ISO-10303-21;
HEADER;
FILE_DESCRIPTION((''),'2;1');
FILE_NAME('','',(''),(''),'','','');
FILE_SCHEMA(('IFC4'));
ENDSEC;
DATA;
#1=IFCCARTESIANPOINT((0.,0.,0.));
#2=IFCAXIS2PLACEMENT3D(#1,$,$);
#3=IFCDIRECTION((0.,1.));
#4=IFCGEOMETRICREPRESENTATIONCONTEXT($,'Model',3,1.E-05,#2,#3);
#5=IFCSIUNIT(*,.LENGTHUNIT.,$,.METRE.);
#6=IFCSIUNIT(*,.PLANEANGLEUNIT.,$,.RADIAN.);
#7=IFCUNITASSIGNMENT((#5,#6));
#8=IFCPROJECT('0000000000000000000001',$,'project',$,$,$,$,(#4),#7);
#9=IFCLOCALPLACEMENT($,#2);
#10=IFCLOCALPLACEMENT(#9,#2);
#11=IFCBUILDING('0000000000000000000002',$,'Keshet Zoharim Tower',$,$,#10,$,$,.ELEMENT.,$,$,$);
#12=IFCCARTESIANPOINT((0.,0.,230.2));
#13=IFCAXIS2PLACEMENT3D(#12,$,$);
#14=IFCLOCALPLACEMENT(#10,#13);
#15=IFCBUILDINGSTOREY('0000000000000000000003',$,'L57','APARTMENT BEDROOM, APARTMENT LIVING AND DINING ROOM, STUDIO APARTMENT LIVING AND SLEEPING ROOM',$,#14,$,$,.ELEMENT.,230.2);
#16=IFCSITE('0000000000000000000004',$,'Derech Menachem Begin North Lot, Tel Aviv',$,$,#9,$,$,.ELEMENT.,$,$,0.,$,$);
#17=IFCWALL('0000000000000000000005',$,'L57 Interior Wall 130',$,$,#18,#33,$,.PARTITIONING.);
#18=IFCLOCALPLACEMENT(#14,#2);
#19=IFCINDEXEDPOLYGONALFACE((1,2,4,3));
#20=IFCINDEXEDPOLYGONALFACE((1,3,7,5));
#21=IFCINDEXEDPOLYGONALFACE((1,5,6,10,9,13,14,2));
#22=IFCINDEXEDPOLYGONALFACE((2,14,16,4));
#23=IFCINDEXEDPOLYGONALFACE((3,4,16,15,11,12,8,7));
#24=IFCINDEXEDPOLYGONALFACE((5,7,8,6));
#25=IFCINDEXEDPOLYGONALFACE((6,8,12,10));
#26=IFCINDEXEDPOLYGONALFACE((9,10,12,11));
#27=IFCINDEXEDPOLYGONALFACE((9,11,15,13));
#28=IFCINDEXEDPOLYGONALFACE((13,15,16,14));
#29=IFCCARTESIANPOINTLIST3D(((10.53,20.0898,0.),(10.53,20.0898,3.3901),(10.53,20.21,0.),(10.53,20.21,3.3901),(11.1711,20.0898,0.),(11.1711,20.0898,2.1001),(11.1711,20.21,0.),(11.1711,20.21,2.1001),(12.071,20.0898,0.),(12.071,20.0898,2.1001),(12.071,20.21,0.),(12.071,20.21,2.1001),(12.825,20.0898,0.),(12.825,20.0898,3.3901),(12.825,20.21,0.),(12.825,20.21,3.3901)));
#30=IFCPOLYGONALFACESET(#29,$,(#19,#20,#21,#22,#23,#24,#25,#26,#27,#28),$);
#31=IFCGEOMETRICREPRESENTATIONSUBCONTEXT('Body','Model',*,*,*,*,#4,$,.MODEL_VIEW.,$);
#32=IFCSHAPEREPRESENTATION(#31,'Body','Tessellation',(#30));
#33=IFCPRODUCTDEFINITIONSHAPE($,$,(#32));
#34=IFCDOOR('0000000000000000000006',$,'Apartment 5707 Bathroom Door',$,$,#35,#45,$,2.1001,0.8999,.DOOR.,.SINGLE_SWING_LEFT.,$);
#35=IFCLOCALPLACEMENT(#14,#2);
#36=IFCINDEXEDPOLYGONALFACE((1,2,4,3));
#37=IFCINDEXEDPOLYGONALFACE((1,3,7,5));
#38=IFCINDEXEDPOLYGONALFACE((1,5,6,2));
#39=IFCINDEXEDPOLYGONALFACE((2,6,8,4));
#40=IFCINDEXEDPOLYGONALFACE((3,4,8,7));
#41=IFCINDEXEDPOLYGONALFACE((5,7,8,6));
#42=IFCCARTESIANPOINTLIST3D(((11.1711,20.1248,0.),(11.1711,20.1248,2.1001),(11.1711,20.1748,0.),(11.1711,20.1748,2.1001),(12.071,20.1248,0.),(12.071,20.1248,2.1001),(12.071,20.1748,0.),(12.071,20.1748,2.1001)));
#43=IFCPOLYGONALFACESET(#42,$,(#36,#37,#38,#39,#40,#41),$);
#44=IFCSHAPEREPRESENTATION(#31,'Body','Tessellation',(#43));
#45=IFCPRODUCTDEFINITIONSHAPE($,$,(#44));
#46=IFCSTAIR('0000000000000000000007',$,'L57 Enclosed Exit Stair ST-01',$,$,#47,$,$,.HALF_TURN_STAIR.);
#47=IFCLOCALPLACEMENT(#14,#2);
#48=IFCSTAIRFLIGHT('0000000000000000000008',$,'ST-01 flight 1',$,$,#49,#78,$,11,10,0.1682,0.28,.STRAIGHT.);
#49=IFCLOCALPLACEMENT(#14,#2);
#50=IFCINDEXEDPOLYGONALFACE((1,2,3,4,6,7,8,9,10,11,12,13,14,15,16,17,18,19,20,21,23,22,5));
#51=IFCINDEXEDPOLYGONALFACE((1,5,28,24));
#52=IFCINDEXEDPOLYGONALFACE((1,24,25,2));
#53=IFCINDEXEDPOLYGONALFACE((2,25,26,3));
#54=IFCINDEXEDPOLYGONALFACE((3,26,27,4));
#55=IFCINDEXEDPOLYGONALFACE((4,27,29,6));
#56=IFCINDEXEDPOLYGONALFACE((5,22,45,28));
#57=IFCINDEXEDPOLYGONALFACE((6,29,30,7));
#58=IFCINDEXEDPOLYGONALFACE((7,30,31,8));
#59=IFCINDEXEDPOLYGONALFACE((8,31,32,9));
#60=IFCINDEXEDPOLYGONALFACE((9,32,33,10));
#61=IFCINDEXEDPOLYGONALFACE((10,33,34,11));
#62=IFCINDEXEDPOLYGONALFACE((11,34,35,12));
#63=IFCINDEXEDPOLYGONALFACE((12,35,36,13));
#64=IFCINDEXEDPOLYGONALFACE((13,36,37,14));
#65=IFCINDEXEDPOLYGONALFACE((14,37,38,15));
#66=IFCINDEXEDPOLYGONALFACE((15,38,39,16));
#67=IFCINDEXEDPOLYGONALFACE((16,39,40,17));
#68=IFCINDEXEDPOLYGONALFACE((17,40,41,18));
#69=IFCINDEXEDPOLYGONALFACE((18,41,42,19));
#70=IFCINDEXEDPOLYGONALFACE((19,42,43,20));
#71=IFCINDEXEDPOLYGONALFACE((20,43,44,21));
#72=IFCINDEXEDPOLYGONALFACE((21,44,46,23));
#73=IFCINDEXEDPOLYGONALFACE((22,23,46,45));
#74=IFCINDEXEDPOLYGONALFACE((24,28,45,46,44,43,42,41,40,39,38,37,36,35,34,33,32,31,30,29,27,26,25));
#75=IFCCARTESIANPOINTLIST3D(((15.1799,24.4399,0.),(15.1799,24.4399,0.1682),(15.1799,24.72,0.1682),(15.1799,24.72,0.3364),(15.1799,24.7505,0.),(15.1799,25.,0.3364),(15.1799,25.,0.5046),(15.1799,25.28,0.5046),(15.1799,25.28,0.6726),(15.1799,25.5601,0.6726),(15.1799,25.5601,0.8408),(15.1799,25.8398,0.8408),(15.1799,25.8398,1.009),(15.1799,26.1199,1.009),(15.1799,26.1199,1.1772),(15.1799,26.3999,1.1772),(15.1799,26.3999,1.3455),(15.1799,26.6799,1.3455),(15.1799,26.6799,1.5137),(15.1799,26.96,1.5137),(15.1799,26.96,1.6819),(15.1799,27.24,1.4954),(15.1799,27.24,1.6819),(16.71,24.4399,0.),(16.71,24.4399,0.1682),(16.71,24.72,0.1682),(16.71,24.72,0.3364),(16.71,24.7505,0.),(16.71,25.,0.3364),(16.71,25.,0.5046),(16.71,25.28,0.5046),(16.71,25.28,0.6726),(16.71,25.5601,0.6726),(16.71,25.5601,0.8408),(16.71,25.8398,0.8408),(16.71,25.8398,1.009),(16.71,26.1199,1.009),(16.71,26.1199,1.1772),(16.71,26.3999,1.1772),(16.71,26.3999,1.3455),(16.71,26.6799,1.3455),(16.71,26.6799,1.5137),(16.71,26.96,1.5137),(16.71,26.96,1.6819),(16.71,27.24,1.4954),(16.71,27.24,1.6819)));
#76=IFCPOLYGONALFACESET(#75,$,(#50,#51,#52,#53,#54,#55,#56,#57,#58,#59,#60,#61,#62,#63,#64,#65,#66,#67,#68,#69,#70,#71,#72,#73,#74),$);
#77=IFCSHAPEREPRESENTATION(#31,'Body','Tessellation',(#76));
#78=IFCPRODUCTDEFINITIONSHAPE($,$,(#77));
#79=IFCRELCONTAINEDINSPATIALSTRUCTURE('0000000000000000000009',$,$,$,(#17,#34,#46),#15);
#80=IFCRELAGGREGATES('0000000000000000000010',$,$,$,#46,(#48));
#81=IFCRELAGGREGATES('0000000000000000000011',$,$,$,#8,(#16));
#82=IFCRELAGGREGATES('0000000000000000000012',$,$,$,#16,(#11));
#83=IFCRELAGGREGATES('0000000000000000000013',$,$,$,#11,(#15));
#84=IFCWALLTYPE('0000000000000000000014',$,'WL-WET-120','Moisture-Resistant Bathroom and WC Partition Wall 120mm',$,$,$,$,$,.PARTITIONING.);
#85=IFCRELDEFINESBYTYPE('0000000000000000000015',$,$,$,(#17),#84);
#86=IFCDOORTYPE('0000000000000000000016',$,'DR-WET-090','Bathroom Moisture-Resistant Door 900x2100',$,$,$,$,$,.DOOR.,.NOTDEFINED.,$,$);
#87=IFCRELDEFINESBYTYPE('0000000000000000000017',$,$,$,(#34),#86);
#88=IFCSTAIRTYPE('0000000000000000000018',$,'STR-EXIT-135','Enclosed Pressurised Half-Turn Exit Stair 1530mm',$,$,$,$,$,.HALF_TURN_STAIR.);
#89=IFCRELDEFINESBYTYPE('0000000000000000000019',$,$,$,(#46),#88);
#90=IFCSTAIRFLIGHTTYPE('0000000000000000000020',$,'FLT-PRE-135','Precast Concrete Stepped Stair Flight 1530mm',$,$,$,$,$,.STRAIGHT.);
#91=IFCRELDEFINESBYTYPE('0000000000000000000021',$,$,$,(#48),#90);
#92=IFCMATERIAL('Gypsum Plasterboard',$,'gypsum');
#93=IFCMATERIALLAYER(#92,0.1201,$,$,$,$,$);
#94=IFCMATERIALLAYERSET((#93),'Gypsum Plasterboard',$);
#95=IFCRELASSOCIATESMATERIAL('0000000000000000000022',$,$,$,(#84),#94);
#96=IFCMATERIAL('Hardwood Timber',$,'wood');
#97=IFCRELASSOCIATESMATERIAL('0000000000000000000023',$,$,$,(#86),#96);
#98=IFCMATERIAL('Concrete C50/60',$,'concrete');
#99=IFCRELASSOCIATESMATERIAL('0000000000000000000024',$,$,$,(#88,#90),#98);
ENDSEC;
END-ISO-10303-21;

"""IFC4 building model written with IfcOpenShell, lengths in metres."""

from ifc_helpers import new_model, si_unit, direction, frame, frame_2d, origin, place, context, subcontext, project, spatial, polyline, rectangle, outline, extrude, material, layer, layer_set, type_object, element, fill, aggregate, save


model = new_model("IFC4")

# Units and contexts
model_context = context("Model", 3, precision=1e-05, world=origin(), true_north=direction((0.0, 1.0)))
body_context = subcontext(model_context, "Body", "Model", "MODEL_VIEW")
ifc_project = project(units=[si_unit("LENGTHUNIT", "METRE"), si_unit("PLANEANGLEUNIT", "RADIAN")], contexts=[model_context])

# Site, building, storey
site_placement = place(None, origin())
site = spatial("IfcSite", under=ifc_project, at=site_placement, Name="Derech Menachem Begin North Lot, Tel Aviv", CompositionType="ELEMENT", RefElevation=0.0)
building_placement = place(site_placement, origin())
building = spatial("IfcBuilding", under=site, at=building_placement, Name="Keshet Zoharim Tower", CompositionType="ELEMENT")
storey_placement = place(building_placement, frame((0.0, 0.0, 230.2)))
storey = spatial("IfcBuildingStorey", under=building, at=storey_placement, Name="L57", Description="APARTMENT BEDROOM, APARTMENT LIVING AND DINING ROOM, STUDIO APARTMENT LIVING AND SLEEPING ROOM", CompositionType="ELEMENT", Elevation=230.2)

# Shared definitions
ifc_material_1 = material(Name="Concrete C50/60", Category="concrete")

# Shared definitions
ifc_material_2 = material(Name="Gypsum Plasterboard", Category="gypsum")

# Shared definitions
ifc_material_3 = material(Name="Hardwood Timber", Category="wood")

# Shared definitions
ifc_layer_1 = layer(ifc_material_2, 0.1201)
ifc_layer_set_1 = layer_set([ifc_layer_1], Name="Gypsum Plasterboard")
wall_type_1 = type_object("IfcWallType", Name="WL-WET-120", Description="Moisture-Resistant Bathroom and WC Partition Wall 120mm", PredefinedType="PARTITIONING", material=ifc_layer_set_1)

# Wall, opening, door
wall_1_placement = place(storey_placement, frame((10.53, 20.1499, 0.0), z_axis=(0.0, 0.0, 1.0), x_axis=(1.0, 0.0, 0.0)))
wall_1 = element("IfcWall", 1, at=wall_1_placement, inside=storey, type_object=wall_type_1, Name="L57 Interior Wall 130", PredefinedType="PARTITIONING", context=body_context, shape_type="SweptSolid", body=[
    extrude(rectangle(XDim=2.2949, YDim=0.1201, at=frame_2d((1.1475, 0.0))), origin(), (0.0, 0.0, 1.0), 3.3901),
])
opening_1_placement = place(wall_1_placement, frame((0.6411, 0.0, 0.0)))
opening_1 = element("IfcOpeningElement", 2, at=opening_1_placement, cuts=wall_1, PredefinedType="OPENING", context=body_context, shape_type="SweptSolid", body=[
    extrude(rectangle(XDim=0.8999, YDim=2.1001, at=frame_2d((0.45, 1.05))), frame((0.0, 0.0701, 0.0), z_axis=(0.0, -1.0, 0.0), x_axis=(1.0, 0.0, 0.0)), (0.0, 0.0, 1.0), 0.1401),
])
door_type_1 = type_object("IfcDoorType", Name="DR-WET-090", Description="Bathroom Moisture-Resistant Door 900x2100", OperationType="NOTDEFINED", PredefinedType="DOOR", material=ifc_material_3)
door_1_placement = place(opening_1_placement, origin())
door_1 = element("IfcDoor", 3, at=door_1_placement, inside=storey, type_object=door_type_1, Name="Apartment 5707 Bathroom Door", OperationType="SINGLE_SWING_LEFT", OverallHeight=2.1001, OverallWidth=0.8999, PredefinedType="DOOR", context=body_context, shape_type="SweptSolid", body=[
    extrude(rectangle(XDim=0.8999, YDim=2.1001, at=frame_2d((0.45, 1.05))), frame((0.0, 0.0249, 0.0), z_axis=(0.0, -1.0, 0.0), x_axis=(1.0, 0.0, 0.0)), (0.0, 0.0, 1.0), 0.05),
])
fill(opening_1, door_1)

# Stair, stair flight
stair_type = type_object("IfcStairType", Name="STR-EXIT-135", Description="Enclosed Pressurised Half-Turn Exit Stair 1530mm", PredefinedType="HALF_TURN_STAIR", material=ifc_material_1)
stair_placement = place(storey_placement, origin())
stair = element("IfcStair", 4, at=stair_placement, inside=storey, type_object=stair_type, Name="L57 Enclosed Exit Stair ST-01", PredefinedType="HALF_TURN_STAIR")
stair_flight_type = type_object("IfcStairFlightType", Name="FLT-PRE-135", Description="Precast Concrete Stepped Stair Flight 1530mm", PredefinedType="STRAIGHT", material=ifc_material_1)
stair_flight_placement = place(storey_placement, frame((15.9451, 24.4399, 0.0), z_axis=(0.0, 0.0, 1.0), x_axis=(0.0, 1.0, 0.0)))
stair_flight = element("IfcStairFlight", 5, at=stair_flight_placement, type_object=stair_flight_type, Name="ST-01 flight 1", NumberOfRisers=11, NumberOfTreads=10, PredefinedType="STRAIGHT", RiserHeight=0.1682, TreadLength=0.28, context=body_context, shape_type="SweptSolid", body=[
    extrude(outline(polyline([(0.0, 0.0), (0.0, 0.1682), (0.28, 0.1682), (0.28, 0.3364), (0.5601, 0.3364), (0.5601, 0.5046), (0.8401, 0.5046), (0.8401, 0.6726), (1.1201, 0.6726), (1.1201, 0.8408), (1.3999, 0.8408), (1.3999, 1.009), (1.6799, 1.009), (1.6799, 1.1772), (1.96, 1.1772), (1.96, 1.3455), (2.24, 1.3455), (2.24, 1.5137), (2.52, 1.5137), (2.52, 1.6819), (2.8, 1.6819), (2.8, 1.8501), (2.8, 1.4954), (0.3105, 0.0), (0.0, 0.0)])), frame((0.0, 0.7651, 0.0), z_axis=(0.0, -1.0, 0.0), x_axis=(1.0, 0.0, 0.0)), (0.0, 0.0, 1.0), 1.53),
])
aggregate(stair, [stair_flight])

save(model, "model.ifc")
